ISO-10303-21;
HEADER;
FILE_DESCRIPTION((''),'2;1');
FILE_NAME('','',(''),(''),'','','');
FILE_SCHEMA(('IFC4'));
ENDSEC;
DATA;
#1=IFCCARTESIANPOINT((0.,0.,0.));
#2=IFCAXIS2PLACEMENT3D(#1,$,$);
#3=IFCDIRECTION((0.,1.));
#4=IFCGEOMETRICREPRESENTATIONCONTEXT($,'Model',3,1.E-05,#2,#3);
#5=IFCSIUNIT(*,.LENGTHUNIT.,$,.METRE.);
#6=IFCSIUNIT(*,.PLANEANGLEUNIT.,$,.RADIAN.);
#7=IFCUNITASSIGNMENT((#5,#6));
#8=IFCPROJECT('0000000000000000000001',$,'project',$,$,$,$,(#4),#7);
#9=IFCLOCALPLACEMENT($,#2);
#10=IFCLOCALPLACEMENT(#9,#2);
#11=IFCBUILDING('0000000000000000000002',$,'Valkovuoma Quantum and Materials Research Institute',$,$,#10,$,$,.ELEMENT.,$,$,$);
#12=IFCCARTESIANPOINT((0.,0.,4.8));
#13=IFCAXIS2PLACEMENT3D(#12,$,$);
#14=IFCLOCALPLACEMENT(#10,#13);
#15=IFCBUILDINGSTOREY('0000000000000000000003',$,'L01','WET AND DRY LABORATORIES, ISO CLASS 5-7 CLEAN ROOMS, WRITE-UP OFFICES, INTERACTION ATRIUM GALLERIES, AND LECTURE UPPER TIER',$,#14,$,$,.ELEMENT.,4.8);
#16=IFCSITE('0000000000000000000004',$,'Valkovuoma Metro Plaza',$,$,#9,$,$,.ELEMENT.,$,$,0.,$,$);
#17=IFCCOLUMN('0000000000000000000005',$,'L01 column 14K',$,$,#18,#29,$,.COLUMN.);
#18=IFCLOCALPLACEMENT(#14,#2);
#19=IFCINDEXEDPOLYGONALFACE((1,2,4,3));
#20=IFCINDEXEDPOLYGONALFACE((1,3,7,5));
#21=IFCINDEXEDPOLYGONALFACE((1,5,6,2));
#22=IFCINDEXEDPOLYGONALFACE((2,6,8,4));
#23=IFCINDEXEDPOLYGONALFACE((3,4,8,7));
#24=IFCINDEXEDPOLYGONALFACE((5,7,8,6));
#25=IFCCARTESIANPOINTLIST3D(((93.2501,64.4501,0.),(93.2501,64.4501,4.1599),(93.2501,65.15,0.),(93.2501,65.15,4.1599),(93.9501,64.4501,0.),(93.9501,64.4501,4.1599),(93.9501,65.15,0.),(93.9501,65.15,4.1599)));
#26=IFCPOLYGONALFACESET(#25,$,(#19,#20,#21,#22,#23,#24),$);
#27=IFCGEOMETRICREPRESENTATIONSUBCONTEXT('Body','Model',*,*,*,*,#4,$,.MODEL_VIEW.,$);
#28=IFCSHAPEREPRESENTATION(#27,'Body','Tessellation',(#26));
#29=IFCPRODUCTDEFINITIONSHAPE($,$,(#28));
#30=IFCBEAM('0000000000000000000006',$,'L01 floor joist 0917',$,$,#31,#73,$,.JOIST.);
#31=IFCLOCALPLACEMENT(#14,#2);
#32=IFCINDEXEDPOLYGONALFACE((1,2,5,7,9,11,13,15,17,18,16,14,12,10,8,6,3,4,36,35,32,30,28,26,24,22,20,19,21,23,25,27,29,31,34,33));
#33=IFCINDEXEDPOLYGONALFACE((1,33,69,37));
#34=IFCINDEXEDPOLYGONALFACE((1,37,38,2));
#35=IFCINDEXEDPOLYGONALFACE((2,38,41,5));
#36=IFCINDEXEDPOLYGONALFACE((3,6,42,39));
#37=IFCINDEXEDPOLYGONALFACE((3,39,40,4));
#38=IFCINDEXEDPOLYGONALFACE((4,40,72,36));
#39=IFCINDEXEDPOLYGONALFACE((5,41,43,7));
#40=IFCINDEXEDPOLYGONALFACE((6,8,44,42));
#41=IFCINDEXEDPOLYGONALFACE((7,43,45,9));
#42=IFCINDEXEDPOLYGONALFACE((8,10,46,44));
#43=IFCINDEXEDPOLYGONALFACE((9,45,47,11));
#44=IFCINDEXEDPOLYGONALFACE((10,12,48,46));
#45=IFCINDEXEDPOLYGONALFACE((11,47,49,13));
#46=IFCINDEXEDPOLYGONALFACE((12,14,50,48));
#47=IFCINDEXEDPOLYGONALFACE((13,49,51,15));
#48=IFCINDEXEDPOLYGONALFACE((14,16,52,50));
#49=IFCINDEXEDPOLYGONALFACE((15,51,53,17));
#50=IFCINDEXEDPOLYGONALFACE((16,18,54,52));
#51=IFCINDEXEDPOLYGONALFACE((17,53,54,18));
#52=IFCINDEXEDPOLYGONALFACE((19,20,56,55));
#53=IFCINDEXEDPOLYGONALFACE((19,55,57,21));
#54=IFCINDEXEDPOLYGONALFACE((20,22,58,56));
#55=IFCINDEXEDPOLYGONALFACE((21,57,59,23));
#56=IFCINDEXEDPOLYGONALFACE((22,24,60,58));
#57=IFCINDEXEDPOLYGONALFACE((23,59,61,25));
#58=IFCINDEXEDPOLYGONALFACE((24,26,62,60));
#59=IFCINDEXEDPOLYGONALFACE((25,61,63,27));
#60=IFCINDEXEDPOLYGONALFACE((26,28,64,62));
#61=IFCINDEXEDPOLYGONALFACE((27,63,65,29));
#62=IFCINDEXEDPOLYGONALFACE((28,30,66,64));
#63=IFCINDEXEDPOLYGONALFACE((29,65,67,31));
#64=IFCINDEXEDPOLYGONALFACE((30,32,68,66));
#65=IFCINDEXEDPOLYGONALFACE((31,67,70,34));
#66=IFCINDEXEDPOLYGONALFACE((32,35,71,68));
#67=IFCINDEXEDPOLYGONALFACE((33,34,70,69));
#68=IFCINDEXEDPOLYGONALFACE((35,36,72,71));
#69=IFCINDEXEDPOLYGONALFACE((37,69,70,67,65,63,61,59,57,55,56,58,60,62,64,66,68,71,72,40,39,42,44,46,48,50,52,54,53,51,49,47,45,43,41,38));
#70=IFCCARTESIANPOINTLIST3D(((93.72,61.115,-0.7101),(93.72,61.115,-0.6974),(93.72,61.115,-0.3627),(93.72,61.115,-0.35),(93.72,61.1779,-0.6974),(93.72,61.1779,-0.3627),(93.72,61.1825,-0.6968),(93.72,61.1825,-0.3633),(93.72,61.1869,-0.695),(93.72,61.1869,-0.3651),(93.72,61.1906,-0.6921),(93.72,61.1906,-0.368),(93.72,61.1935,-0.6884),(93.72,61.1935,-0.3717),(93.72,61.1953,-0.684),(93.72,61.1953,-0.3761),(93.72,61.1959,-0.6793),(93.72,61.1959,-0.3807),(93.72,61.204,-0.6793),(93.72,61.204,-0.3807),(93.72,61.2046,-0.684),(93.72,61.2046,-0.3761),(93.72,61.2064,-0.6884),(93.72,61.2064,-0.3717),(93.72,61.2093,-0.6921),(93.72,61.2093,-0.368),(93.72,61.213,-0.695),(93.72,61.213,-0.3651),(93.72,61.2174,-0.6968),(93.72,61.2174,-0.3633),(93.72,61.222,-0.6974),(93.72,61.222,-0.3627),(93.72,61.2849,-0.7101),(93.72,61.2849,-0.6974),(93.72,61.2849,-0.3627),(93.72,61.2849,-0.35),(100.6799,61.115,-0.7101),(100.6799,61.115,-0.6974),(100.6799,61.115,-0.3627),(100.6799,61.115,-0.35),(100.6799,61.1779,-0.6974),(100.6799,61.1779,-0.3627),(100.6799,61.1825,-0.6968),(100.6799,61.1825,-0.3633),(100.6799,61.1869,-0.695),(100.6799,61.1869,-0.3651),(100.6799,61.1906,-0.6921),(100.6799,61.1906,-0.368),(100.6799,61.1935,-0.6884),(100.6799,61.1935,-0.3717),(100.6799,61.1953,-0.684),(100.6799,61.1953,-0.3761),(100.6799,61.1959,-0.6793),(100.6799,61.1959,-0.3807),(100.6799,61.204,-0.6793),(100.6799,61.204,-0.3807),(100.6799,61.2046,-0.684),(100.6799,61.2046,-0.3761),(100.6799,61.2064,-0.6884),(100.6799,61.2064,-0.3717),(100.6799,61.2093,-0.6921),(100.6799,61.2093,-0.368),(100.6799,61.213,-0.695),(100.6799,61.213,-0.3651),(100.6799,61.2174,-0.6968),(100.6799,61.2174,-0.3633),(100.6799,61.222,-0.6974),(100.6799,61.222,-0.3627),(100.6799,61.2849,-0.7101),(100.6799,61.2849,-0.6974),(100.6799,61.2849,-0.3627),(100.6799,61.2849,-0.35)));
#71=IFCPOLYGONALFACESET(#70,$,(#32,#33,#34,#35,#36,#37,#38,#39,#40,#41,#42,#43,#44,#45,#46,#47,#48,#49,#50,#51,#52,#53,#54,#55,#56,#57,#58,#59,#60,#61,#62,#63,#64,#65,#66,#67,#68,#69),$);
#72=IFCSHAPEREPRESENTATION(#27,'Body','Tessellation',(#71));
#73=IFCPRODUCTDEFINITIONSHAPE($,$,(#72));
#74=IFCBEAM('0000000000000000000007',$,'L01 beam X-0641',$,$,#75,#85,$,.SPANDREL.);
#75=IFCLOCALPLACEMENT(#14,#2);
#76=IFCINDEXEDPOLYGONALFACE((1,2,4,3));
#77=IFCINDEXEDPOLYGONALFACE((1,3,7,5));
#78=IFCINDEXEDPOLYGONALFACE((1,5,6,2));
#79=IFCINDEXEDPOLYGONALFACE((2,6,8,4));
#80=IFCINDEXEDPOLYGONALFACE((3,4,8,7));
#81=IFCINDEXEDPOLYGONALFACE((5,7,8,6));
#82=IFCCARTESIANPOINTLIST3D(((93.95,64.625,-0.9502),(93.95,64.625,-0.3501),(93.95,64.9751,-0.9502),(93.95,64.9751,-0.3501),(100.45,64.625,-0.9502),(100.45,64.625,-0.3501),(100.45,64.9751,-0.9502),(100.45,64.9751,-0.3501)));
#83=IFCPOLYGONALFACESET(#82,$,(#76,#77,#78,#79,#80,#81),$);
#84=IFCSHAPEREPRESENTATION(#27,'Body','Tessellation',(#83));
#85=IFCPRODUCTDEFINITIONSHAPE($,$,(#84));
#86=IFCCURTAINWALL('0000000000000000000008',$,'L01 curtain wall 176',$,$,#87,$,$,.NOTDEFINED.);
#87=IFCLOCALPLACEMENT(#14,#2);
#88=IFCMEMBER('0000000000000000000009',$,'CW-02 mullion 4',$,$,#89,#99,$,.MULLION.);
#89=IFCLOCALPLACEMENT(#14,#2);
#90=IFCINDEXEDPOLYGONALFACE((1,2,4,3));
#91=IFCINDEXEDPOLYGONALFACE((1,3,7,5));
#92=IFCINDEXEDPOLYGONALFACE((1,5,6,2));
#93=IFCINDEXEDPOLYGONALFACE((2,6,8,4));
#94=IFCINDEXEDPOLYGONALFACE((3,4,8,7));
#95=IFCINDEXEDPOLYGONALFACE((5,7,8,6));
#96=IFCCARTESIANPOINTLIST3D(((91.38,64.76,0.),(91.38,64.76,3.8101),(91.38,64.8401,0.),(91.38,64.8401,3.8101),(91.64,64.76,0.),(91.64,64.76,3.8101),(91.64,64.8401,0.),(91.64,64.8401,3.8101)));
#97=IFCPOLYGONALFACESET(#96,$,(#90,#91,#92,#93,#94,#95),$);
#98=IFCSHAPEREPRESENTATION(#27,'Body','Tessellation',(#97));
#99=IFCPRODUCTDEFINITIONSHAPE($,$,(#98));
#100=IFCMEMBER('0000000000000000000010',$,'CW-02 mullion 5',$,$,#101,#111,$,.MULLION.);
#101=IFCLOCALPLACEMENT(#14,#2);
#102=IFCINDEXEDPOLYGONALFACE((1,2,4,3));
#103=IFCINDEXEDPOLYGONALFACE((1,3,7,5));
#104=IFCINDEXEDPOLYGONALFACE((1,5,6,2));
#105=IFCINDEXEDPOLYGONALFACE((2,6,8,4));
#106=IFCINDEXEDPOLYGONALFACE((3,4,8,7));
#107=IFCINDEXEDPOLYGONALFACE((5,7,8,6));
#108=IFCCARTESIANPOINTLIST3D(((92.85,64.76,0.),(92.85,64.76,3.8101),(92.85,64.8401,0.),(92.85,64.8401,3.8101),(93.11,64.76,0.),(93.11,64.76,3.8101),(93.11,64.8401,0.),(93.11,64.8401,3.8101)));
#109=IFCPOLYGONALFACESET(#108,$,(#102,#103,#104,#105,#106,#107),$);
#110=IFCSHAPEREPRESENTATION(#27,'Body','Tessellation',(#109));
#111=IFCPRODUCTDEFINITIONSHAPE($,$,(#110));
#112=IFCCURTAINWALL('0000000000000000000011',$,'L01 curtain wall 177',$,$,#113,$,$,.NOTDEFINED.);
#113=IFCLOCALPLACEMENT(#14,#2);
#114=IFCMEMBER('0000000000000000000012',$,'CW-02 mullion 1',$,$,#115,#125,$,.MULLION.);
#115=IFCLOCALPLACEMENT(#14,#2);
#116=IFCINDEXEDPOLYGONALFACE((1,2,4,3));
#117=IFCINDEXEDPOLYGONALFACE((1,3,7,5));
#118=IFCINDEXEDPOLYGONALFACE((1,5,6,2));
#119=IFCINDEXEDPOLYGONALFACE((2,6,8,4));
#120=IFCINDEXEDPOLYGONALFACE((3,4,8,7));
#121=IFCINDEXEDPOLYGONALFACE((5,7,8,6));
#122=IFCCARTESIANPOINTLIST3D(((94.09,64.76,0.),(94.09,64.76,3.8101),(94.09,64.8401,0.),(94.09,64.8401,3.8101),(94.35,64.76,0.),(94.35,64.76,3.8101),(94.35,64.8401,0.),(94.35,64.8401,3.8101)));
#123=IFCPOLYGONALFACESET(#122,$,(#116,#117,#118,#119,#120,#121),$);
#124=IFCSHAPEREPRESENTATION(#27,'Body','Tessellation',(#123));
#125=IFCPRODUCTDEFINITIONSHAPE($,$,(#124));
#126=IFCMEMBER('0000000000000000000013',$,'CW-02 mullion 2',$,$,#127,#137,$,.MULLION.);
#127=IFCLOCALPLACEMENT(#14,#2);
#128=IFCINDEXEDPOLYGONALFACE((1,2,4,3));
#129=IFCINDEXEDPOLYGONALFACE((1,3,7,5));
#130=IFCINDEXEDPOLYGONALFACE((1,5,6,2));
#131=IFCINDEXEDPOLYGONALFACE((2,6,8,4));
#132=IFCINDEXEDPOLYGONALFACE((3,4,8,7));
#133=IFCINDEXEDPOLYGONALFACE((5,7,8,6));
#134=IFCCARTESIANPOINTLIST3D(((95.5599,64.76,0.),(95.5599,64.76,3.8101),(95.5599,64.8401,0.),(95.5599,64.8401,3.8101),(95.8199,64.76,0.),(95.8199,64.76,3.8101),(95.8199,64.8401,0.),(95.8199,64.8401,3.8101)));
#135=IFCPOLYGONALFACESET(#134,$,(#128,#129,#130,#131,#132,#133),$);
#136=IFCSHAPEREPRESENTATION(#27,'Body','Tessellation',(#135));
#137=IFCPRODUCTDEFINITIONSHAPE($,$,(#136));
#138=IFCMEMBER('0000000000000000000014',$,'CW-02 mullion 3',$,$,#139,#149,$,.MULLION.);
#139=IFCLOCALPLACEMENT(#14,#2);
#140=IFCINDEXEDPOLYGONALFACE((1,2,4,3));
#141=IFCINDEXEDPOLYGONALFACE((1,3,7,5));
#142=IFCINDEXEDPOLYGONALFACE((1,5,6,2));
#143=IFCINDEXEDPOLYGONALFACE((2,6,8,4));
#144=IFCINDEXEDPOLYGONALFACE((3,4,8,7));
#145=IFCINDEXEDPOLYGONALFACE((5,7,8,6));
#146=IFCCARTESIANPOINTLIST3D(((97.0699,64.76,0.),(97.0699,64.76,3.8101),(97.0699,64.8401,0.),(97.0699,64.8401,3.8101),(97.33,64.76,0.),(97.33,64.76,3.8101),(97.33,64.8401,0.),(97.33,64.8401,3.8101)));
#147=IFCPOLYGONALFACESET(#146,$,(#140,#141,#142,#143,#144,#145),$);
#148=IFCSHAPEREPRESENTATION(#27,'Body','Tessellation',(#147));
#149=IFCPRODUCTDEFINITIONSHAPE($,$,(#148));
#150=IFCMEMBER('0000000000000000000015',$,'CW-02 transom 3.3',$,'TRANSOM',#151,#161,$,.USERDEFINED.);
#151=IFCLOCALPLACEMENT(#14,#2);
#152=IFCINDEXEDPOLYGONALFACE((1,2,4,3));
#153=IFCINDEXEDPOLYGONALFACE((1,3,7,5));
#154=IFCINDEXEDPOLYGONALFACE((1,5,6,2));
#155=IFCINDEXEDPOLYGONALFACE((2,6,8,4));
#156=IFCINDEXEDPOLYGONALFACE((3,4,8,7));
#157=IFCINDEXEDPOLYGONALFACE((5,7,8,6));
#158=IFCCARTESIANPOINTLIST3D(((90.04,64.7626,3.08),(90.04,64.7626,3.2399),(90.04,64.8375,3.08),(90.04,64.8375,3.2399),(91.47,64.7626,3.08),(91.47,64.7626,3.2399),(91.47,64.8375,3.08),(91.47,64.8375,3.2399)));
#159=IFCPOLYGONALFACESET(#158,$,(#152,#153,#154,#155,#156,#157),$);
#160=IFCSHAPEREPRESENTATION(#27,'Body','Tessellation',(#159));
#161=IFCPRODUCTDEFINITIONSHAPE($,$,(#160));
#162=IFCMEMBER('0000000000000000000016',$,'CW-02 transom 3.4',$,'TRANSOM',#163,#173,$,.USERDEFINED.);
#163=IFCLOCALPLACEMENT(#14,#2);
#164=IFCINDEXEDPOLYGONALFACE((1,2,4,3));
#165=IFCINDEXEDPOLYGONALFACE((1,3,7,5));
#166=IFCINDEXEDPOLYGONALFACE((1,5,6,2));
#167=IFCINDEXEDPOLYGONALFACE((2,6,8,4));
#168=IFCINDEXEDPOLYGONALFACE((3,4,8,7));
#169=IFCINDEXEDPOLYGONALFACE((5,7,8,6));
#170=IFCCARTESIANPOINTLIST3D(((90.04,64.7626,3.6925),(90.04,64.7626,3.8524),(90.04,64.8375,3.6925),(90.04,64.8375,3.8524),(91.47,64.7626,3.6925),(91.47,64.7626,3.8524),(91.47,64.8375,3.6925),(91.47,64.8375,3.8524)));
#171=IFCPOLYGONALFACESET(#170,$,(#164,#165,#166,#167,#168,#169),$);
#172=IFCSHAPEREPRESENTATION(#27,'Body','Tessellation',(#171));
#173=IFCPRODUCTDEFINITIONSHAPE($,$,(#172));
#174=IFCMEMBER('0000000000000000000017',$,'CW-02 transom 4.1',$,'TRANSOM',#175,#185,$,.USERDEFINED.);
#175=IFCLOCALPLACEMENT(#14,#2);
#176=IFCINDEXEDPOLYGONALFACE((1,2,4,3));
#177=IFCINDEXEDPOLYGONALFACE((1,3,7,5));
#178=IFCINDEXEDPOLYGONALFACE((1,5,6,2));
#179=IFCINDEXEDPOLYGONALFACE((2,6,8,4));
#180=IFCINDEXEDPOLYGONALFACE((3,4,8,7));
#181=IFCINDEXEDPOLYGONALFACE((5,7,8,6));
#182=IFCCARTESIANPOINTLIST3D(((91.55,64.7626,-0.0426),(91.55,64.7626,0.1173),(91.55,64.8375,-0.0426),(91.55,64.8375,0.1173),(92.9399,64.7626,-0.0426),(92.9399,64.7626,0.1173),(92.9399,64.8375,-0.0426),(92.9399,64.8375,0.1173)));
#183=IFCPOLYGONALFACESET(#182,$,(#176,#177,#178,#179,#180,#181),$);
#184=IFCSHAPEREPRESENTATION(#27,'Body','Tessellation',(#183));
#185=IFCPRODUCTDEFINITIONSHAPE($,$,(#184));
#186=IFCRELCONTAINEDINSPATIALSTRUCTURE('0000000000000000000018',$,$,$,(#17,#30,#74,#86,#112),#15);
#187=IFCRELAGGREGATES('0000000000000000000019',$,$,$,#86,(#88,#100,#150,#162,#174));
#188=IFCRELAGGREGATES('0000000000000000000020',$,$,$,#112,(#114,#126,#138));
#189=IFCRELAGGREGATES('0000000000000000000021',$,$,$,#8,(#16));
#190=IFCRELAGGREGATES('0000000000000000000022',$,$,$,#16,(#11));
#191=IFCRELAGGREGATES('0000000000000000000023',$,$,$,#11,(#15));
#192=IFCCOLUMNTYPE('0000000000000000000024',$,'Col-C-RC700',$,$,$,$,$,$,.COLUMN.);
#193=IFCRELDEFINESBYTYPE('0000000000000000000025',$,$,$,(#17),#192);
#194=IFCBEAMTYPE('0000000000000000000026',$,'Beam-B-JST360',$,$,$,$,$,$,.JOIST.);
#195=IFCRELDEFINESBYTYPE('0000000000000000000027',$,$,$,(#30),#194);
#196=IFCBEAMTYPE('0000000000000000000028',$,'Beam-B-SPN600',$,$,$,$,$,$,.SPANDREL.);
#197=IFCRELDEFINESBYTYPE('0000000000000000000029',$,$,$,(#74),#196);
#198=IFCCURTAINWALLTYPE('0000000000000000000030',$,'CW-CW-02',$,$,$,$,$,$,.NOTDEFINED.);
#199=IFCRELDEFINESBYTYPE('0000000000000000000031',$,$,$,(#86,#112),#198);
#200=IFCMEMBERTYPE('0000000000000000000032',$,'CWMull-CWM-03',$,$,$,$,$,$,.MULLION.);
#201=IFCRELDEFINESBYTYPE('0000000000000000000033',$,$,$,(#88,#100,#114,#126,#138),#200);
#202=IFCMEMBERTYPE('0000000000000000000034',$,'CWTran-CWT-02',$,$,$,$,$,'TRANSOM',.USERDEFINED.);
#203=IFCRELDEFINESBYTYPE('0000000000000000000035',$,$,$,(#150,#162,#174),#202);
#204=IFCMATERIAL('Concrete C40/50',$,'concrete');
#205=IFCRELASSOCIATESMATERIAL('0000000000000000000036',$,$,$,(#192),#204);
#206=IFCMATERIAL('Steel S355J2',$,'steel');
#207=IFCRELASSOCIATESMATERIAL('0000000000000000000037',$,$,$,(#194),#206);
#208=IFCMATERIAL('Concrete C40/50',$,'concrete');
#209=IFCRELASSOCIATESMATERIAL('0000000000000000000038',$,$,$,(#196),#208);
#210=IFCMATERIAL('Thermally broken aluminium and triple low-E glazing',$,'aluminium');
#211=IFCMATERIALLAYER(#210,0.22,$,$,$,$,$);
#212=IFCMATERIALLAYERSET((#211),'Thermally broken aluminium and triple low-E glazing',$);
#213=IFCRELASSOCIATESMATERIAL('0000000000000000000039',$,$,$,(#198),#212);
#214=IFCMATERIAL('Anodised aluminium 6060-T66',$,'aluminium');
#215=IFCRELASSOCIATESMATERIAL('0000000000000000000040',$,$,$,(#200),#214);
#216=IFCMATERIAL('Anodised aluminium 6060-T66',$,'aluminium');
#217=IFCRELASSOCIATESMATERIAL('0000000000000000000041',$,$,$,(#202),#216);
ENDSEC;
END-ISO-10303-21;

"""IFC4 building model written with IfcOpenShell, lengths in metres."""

from ifc_helpers import new_model, si_unit, direction, frame, origin, origin_2d, place, context, subcontext, project, spatial, rectangle, i_section, extrude, material, layer, layer_set, material_profile, profile_set, type_object, element, aggregate, save


model = new_model("IFC4")

# Units and contexts
model_context = context("Model", 3, precision=1e-05, world=origin(), true_north=direction((0.0, 1.0)))
body_context = subcontext(model_context, "Body", "Model", "MODEL_VIEW")
ifc_project = project(units=[si_unit("LENGTHUNIT", "METRE"), si_unit("PLANEANGLEUNIT", "RADIAN")], contexts=[model_context])

# Site, building, storey
site_placement = place(None, origin())
site = spatial("IfcSite", under=ifc_project, at=site_placement, Name="Valkovuoma Metro Plaza", CompositionType="ELEMENT", RefElevation=0.0)
building_placement = place(site_placement, origin())
building = spatial("IfcBuilding", under=site, at=building_placement, Name="Valkovuoma Quantum and Materials Research Institute", CompositionType="ELEMENT")
storey_placement = place(building_placement, frame((0.0, 0.0, 4.8)))
storey = spatial("IfcBuildingStorey", under=building, at=storey_placement, Name="L01", Description="WET AND DRY LABORATORIES, ISO CLASS 5-7 CLEAN ROOMS, WRITE-UP OFFICES, INTERACTION ATRIUM GALLERIES, AND LECTURE UPPER TIER", CompositionType="ELEMENT", Elevation=4.8)

# Column
ifc_material_1 = material(Name="Concrete C40/50", Category="concrete")
ifc_material_profile_1 = material_profile(ifc_material_1, rectangle(XDim=0.7, YDim=0.7, at=origin_2d()), Name="Concrete C40/50")
ifc_profile_set_1 = profile_set([ifc_material_profile_1], Name="Concrete C40/50")
column_type = type_object("IfcColumnType", Name="Col-C-RC700", PredefinedType="COLUMN", material=ifc_profile_set_1)
column_placement = place(storey_placement, frame((93.6001, 64.8, 0.0), z_axis=(0.0, 0.0, 1.0), x_axis=(1.0, 0.0, 0.0)))
element("IfcColumn", 1, at=column_placement, inside=storey, type_object=column_type, Name="L01 column 14K", PredefinedType="COLUMN", context=body_context, shape_type="SweptSolid", body=[
    extrude(rectangle(XDim=0.7, YDim=0.7, at=origin_2d()), origin(), (0.0, 0.0, 1.0), 4.1599),
])

# Beams
ifc_material_2 = material(Name="Steel S355J2", Category="steel")
ifc_material_profile_2 = material_profile(ifc_material_2, i_section(OverallWidth=0.1699, OverallDepth=0.3601, WebThickness=0.0081, FlangeThickness=0.0127, FilletRadius=0.0181, at=origin_2d()), Name="Steel S355J2")
ifc_profile_set_2 = profile_set([ifc_material_profile_2], Name="Steel S355J2")
beam_type_1 = type_object("IfcBeamType", Name="Beam-B-JST360", PredefinedType="JOIST", material=ifc_profile_set_2)
beam_1_placement = place(storey_placement, frame((93.72, 61.2, -0.53), z_axis=(1.0, 0.0, 0.0), x_axis=(0.0, 1.0, 0.0)))
element("IfcBeam", 2, at=beam_1_placement, inside=storey, type_object=beam_type_1, Name="L01 floor joist 0917", PredefinedType="JOIST", context=body_context, shape_type="SweptSolid", body=[
    extrude(i_section(OverallWidth=0.1699, OverallDepth=0.3601, WebThickness=0.0081, FlangeThickness=0.0127, FilletRadius=0.0181, at=origin_2d()), origin(), (0.0, 0.0, 1.0), 6.96),
])
ifc_material_3 = material(Name="Concrete C40/50", Category="concrete")
ifc_material_profile_3 = material_profile(ifc_material_3, rectangle(XDim=0.3501, YDim=0.6001, at=origin_2d()), Name="Concrete C40/50")
ifc_profile_set_3 = profile_set([ifc_material_profile_3], Name="Concrete C40/50")
beam_type_2 = type_object("IfcBeamType", Name="Beam-B-SPN600", PredefinedType="SPANDREL", material=ifc_profile_set_3)
beam_2_placement = place(storey_placement, frame((93.95, 64.8, -0.6501), z_axis=(1.0, 0.0, 0.0), x_axis=(0.0, 1.0, 0.0)))
element("IfcBeam", 3, at=beam_2_placement, inside=storey, type_object=beam_type_2, Name="L01 beam X-0641", PredefinedType="SPANDREL", context=body_context, shape_type="SweptSolid", body=[
    extrude(rectangle(XDim=0.3501, YDim=0.6001, at=origin_2d()), origin(), (0.0, 0.0, 1.0), 6.5),
])

# Curtain walls, members
ifc_material_4 = material(Name="Thermally broken aluminium and triple low-E glazing", Category="aluminium")
ifc_layer_1 = layer(ifc_material_4, 0.22)
ifc_layer_set_1 = layer_set([ifc_layer_1], Name="Thermally broken aluminium and triple low-E glazing")
curtain_wall_type = type_object("IfcCurtainWallType", Name="CW-CW-02", PredefinedType="NOTDEFINED", material=ifc_layer_set_1)
curtain_wall_1_placement = place(storey_placement, origin())
curtain_wall_1 = element("IfcCurtainWall", 4, at=curtain_wall_1_placement, inside=storey, type_object=curtain_wall_type, Name="L01 curtain wall 176", PredefinedType="NOTDEFINED")
ifc_material_5 = material(Name="Anodised aluminium 6060-T66", Category="aluminium")
ifc_material_profile_4 = material_profile(ifc_material_5, rectangle(XDim=0.0801, YDim=0.26, at=origin_2d()), Name="Anodised aluminium 6060-T66")
ifc_profile_set_4 = profile_set([ifc_material_profile_4], Name="Anodised aluminium 6060-T66")
member_type_1 = type_object("IfcMemberType", Name="CWMull-CWM-03", PredefinedType="MULLION", material=ifc_profile_set_4)
member_1_placement = place(storey_placement, frame((91.51, 64.8, 0.0), z_axis=(0.0, 0.0, 1.0), x_axis=(0.0, 1.0, 0.0)))
member_1 = element("IfcMember", 5, at=member_1_placement, type_object=member_type_1, Name="CW-02 mullion 4", PredefinedType="MULLION", context=body_context, shape_type="SweptSolid", body=[
    extrude(rectangle(XDim=0.0801, YDim=0.26, at=origin_2d()), origin(), (0.0, 0.0, 1.0), 3.8101),
])
member_2_placement = place(storey_placement, frame((92.98, 64.8, 0.0), z_axis=(0.0, 0.0, 1.0), x_axis=(0.0, 1.0, 0.0)))
member_2 = element("IfcMember", 6, at=member_2_placement, type_object=member_type_1, Name="CW-02 mullion 5", PredefinedType="MULLION", context=body_context, shape_type="SweptSolid", body=[
    extrude(rectangle(XDim=0.0801, YDim=0.26, at=origin_2d()), origin(), (0.0, 0.0, 1.0), 3.8101),
])
curtain_wall_2_placement = place(storey_placement, origin())
curtain_wall_2 = element("IfcCurtainWall", 7, at=curtain_wall_2_placement, inside=storey, type_object=curtain_wall_type, Name="L01 curtain wall 177", PredefinedType="NOTDEFINED")
member_3_placement = place(storey_placement, frame((94.22, 64.8, 0.0), z_axis=(0.0, 0.0, 1.0), x_axis=(0.0, 1.0, 0.0)))
member_3 = element("IfcMember", 8, at=member_3_placement, type_object=member_type_1, Name="CW-02 mullion 1", PredefinedType="MULLION", context=body_context, shape_type="SweptSolid", body=[
    extrude(rectangle(XDim=0.0801, YDim=0.26, at=origin_2d()), origin(), (0.0, 0.0, 1.0), 3.8101),
])
member_4_placement = place(storey_placement, frame((95.6899, 64.8, 0.0), z_axis=(0.0, 0.0, 1.0), x_axis=(0.0, 1.0, 0.0)))
member_4 = element("IfcMember", 9, at=member_4_placement, type_object=member_type_1, Name="CW-02 mullion 2", PredefinedType="MULLION", context=body_context, shape_type="SweptSolid", body=[
    extrude(rectangle(XDim=0.0801, YDim=0.26, at=origin_2d()), origin(), (0.0, 0.0, 1.0), 3.8101),
])
member_5_placement = place(storey_placement, frame((97.2, 64.8, 0.0), z_axis=(0.0, 0.0, 1.0), x_axis=(0.0, 1.0, 0.0)))
member_5 = element("IfcMember", 10, at=member_5_placement, type_object=member_type_1, Name="CW-02 mullion 3", PredefinedType="MULLION", context=body_context, shape_type="SweptSolid", body=[
    extrude(rectangle(XDim=0.0801, YDim=0.26, at=origin_2d()), origin(), (0.0, 0.0, 1.0), 3.8101),
])

# Members
ifc_material_6 = material(Name="Anodised aluminium 6060-T66", Category="aluminium")
ifc_material_profile_5 = material_profile(ifc_material_6, rectangle(XDim=0.075, YDim=0.1599, at=origin_2d()), Name="Anodised aluminium 6060-T66")
ifc_profile_set_5 = profile_set([ifc_material_profile_5], Name="Anodised aluminium 6060-T66")
member_type_2 = type_object("IfcMemberType", Name="CWTran-CWT-02", ElementType="TRANSOM", PredefinedType="USERDEFINED", material=ifc_profile_set_5)
member_6_placement = place(storey_placement, frame((90.04, 64.8, 3.1599), z_axis=(1.0, 0.0, 0.0), x_axis=(0.0, 1.0, 0.0)))
member_6 = element("IfcMember", 11, at=member_6_placement, type_object=member_type_2, Name="CW-02 transom 3.3", ObjectType="TRANSOM", PredefinedType="USERDEFINED", context=body_context, shape_type="SweptSolid", body=[
    extrude(rectangle(XDim=0.075, YDim=0.1599, at=origin_2d()), origin(), (0.0, 0.0, 1.0), 1.4299),
])
member_7_placement = place(storey_placement, frame((90.04, 64.8, 3.7725), z_axis=(1.0, 0.0, 0.0), x_axis=(0.0, 1.0, 0.0)))
member_7 = element("IfcMember", 12, at=member_7_placement, type_object=member_type_2, Name="CW-02 transom 3.4", ObjectType="TRANSOM", PredefinedType="USERDEFINED", context=body_context, shape_type="SweptSolid", body=[
    extrude(rectangle(XDim=0.075, YDim=0.1599, at=origin_2d()), origin(), (0.0, 0.0, 1.0), 1.4299),
])
member_8_placement = place(storey_placement, frame((91.55, 64.8, 0.0374), z_axis=(1.0, 0.0, 0.0), x_axis=(0.0, 1.0, 0.0)))
member_8 = element("IfcMember", 13, at=member_8_placement, type_object=member_type_2, Name="CW-02 transom 4.1", ObjectType="TRANSOM", PredefinedType="USERDEFINED", context=body_context, shape_type="SweptSolid", body=[
    extrude(rectangle(XDim=0.075, YDim=0.1599, at=origin_2d()), origin(), (0.0, 0.0, 1.0), 1.3899),
])

aggregate(curtain_wall_1, [member_1, member_2, member_6, member_7, member_8])
aggregate(curtain_wall_2, [member_3, member_4, member_5])

save(model, "model.ifc")
